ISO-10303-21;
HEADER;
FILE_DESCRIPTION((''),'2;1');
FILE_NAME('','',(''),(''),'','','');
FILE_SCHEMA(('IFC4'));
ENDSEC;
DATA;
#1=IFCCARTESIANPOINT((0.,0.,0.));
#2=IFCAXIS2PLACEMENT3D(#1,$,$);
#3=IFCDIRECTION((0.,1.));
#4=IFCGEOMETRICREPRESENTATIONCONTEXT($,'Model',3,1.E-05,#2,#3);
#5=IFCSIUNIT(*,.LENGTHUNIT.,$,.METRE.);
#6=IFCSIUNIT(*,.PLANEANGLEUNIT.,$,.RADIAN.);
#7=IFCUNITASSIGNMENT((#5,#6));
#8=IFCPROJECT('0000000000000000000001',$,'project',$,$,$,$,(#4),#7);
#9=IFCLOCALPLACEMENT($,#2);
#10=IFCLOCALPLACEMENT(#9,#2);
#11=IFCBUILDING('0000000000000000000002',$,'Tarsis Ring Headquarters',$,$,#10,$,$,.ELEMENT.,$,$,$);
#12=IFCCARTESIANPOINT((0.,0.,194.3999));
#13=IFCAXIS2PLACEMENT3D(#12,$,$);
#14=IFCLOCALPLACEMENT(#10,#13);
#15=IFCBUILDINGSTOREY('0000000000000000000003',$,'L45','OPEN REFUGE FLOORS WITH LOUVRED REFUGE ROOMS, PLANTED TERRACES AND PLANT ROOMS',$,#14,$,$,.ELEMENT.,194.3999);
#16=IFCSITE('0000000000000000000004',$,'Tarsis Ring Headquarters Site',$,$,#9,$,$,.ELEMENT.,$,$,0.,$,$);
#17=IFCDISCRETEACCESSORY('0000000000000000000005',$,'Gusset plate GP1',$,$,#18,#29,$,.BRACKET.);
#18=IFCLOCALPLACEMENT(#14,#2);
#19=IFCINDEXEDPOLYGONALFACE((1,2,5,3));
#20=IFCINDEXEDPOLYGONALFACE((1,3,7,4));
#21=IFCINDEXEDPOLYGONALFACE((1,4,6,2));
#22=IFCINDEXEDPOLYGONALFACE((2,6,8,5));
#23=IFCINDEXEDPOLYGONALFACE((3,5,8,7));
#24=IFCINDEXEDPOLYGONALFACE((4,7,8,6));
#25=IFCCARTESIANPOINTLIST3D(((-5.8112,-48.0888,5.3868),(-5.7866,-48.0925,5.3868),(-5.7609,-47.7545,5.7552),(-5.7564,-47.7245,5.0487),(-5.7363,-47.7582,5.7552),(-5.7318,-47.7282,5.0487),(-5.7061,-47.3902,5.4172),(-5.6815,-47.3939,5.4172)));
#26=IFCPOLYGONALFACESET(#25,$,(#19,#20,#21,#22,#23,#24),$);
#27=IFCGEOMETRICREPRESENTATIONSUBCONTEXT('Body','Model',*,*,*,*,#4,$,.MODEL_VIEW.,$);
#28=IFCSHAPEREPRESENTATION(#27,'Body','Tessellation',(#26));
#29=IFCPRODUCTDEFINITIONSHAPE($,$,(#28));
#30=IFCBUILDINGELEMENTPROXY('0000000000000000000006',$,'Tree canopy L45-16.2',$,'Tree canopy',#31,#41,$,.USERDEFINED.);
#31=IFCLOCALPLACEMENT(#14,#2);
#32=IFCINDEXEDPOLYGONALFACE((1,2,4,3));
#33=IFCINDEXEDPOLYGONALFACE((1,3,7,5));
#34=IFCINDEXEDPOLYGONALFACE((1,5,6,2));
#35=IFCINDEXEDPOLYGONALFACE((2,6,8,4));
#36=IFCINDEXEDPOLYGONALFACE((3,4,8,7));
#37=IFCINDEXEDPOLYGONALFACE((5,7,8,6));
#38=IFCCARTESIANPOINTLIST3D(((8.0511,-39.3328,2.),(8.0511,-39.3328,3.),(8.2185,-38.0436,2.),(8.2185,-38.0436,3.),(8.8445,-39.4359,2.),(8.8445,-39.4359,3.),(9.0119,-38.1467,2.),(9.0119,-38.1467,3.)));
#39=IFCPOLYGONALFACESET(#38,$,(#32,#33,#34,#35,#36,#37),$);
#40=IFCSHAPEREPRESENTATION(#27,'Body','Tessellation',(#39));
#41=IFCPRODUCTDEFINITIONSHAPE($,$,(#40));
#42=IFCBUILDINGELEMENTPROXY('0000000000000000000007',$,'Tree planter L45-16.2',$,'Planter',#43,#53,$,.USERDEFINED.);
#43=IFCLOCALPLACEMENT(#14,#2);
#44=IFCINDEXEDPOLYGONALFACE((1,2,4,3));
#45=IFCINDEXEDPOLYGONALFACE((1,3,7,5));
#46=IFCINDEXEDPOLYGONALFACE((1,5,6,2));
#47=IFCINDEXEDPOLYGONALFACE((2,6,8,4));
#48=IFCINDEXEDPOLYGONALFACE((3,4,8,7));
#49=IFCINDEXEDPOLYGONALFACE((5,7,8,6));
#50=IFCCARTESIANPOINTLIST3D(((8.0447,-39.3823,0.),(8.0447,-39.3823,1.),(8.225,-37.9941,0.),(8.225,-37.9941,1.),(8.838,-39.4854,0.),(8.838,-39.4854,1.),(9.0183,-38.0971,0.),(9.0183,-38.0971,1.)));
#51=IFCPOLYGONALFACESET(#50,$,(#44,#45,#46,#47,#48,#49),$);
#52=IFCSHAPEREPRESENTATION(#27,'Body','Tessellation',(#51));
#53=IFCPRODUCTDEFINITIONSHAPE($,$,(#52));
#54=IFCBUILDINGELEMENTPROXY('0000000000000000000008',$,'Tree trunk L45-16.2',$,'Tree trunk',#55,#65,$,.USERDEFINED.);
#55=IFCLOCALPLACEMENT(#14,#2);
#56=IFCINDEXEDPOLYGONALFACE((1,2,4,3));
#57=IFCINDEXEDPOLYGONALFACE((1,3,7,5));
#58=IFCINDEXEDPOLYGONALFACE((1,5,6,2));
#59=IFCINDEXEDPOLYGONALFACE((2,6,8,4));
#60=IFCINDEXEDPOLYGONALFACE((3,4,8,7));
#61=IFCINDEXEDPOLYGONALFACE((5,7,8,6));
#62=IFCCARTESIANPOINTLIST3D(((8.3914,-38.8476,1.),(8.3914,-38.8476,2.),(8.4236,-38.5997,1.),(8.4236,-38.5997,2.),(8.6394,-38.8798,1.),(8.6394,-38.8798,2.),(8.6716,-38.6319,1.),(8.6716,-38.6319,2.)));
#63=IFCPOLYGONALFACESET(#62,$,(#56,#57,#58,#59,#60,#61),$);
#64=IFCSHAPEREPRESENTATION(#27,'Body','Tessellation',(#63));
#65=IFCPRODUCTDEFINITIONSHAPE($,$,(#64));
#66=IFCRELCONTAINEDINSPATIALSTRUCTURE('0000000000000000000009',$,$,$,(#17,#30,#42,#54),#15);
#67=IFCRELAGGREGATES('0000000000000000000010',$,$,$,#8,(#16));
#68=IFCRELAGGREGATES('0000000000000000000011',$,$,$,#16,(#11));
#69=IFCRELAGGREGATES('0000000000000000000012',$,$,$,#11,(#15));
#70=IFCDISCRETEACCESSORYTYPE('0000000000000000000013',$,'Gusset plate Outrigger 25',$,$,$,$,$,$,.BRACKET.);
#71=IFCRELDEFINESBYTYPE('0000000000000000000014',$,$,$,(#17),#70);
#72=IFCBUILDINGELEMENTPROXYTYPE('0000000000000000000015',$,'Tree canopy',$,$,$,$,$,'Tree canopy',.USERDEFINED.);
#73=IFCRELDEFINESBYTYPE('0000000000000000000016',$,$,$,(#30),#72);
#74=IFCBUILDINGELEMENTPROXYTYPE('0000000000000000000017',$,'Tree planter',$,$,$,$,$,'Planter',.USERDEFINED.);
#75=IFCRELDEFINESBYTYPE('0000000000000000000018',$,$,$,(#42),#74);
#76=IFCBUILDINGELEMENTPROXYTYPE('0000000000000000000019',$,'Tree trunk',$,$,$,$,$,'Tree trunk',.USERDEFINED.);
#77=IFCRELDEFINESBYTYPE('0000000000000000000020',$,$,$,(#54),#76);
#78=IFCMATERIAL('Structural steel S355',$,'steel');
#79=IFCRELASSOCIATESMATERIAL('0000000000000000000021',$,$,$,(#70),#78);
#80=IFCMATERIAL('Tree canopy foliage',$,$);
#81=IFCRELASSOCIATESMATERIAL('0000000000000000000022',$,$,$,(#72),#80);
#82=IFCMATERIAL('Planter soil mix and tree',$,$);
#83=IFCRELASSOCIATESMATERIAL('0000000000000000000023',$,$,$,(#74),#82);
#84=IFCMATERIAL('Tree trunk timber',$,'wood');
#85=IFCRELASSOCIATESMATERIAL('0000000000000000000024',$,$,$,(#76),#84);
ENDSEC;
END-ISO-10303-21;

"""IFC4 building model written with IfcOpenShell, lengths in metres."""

from ifc_helpers import new_model, si_unit, direction, frame, origin, origin_2d, place, context, subcontext, project, spatial, rectangle, extrude, material, material_profile, profile_set, type_object, element, save


model = new_model("IFC4")

# Units and contexts
model_context = context("Model", 3, precision=1e-05, world=origin(), true_north=direction((0.0, 1.0)))
body_context = subcontext(model_context, "Body", "Model", "MODEL_VIEW")
ifc_project = project(units=[si_unit("LENGTHUNIT", "METRE"), si_unit("PLANEANGLEUNIT", "RADIAN")], contexts=[model_context])

# Site, building, storey
site_placement = place(None, origin())
site = spatial("IfcSite", under=ifc_project, at=site_placement, Name="Tarsis Ring Headquarters Site", CompositionType="ELEMENT", RefElevation=0.0)
building_placement = place(site_placement, origin())
building = spatial("IfcBuilding", under=site, at=building_placement, Name="Tarsis Ring Headquarters", CompositionType="ELEMENT")
storey_placement = place(building_placement, frame((0.0, 0.0, 194.3999)))
storey = spatial("IfcBuildingStorey", under=building, at=storey_placement, Name="L45", Description="OPEN REFUGE FLOORS WITH LOUVRED REFUGE ROOMS, PLANTED TERRACES AND PLANT ROOMS", CompositionType="ELEMENT", Elevation=194.3999)

# Shared definitions
ifc_material_1 = material(Name="Structural steel S355", Category="steel")

# Discrete accessory
ifc_material_profile_1 = material_profile(ifc_material_1, rectangle(XDim=0.0249, YDim=0.5, at=origin_2d()), Name="PL 25x500")
ifc_profile_set_1 = profile_set([ifc_material_profile_1], Name="Structural steel S355")
discrete_accessory_type_1 = type_object("IfcDiscreteAccessoryType", Name="Gusset plate Outrigger 25", PredefinedType="BRACKET", material=ifc_profile_set_1)
for number, where, z_axis, x_axis, name in (
    (1, (-5.7212, -47.5742, 5.5862), (-0.100593, -0.668507, -0.736871), (0.988867, -0.1488, 0.0), "Gusset plate GP1"),
):
    element("IfcDiscreteAccessory", number, at=place(storey_placement, frame(where, z_axis=z_axis, x_axis=x_axis)), inside=storey, type_object=discrete_accessory_type_1, Name=name, PredefinedType="BRACKET", context=body_context, shape_type="SweptSolid", body=[
        extrude(rectangle(XDim=0.0249, YDim=0.5, at=origin_2d()), origin(), (0.0, 0.0, 1.0), 0.5),
    ])

# Building element proxies
ifc_material_2 = material(Name="Tree canopy foliage")
building_element_proxy_type_1 = type_object("IfcBuildingElementProxyType", Name="Tree canopy", ElementType="Tree canopy", PredefinedType="USERDEFINED", material=ifc_material_2)
proxy_1_placement = place(storey_placement, frame((8.5315, -38.7397, 2.0), z_axis=(0.0, 0.0, 1.0), x_axis=(0.128796, 0.991671, 0.0)))
element("IfcBuildingElementProxy", 2, at=proxy_1_placement, inside=storey, type_object=building_element_proxy_type_1, Name="Tree canopy L45-16.2", ObjectType="Tree canopy", PredefinedType="USERDEFINED", context=body_context, shape_type="SweptSolid", body=[
    extrude(rectangle(XDim=1.3, YDim=0.8, at=origin_2d()), origin(), (0.0, 0.0, 1.0), 1.0),
])
ifc_material_3 = material(Name="Planter soil mix and tree")
building_element_proxy_type_2 = type_object("IfcBuildingElementProxyType", Name="Tree planter", ElementType="Planter", PredefinedType="USERDEFINED", material=ifc_material_3)
proxy_2_placement = place(storey_placement, frame((8.5315, -38.7397, 0.0), z_axis=(0.0, 0.0, 1.0), x_axis=(0.128796, 0.991671, 0.0)))
element("IfcBuildingElementProxy", 3, at=proxy_2_placement, inside=storey, type_object=building_element_proxy_type_2, Name="Tree planter L45-16.2", ObjectType="Planter", PredefinedType="USERDEFINED", context=body_context, shape_type="SweptSolid", body=[
    extrude(rectangle(XDim=1.3999, YDim=0.8, at=origin_2d()), origin(), (0.0, 0.0, 1.0), 1.0),
])
ifc_material_4 = material(Name="Tree trunk timber", Category="wood")
building_element_proxy_type_3 = type_object("IfcBuildingElementProxyType", Name="Tree trunk", ElementType="Tree trunk", PredefinedType="USERDEFINED", material=ifc_material_4)
proxy_3_placement = place(storey_placement, frame((8.5315, -38.7397, 1.0), z_axis=(0.0, 0.0, 1.0), x_axis=(0.128796, 0.991671, 0.0)))
element("IfcBuildingElementProxy", 4, at=proxy_3_placement, inside=storey, type_object=building_element_proxy_type_3, Name="Tree trunk L45-16.2", ObjectType="Tree trunk", PredefinedType="USERDEFINED", context=body_context, shape_type="SweptSolid", body=[
    extrude(rectangle(XDim=0.25, YDim=0.25, at=origin_2d()), origin(), (0.0, 0.0, 1.0), 1.0),
])

save(model, "model.ifc")
